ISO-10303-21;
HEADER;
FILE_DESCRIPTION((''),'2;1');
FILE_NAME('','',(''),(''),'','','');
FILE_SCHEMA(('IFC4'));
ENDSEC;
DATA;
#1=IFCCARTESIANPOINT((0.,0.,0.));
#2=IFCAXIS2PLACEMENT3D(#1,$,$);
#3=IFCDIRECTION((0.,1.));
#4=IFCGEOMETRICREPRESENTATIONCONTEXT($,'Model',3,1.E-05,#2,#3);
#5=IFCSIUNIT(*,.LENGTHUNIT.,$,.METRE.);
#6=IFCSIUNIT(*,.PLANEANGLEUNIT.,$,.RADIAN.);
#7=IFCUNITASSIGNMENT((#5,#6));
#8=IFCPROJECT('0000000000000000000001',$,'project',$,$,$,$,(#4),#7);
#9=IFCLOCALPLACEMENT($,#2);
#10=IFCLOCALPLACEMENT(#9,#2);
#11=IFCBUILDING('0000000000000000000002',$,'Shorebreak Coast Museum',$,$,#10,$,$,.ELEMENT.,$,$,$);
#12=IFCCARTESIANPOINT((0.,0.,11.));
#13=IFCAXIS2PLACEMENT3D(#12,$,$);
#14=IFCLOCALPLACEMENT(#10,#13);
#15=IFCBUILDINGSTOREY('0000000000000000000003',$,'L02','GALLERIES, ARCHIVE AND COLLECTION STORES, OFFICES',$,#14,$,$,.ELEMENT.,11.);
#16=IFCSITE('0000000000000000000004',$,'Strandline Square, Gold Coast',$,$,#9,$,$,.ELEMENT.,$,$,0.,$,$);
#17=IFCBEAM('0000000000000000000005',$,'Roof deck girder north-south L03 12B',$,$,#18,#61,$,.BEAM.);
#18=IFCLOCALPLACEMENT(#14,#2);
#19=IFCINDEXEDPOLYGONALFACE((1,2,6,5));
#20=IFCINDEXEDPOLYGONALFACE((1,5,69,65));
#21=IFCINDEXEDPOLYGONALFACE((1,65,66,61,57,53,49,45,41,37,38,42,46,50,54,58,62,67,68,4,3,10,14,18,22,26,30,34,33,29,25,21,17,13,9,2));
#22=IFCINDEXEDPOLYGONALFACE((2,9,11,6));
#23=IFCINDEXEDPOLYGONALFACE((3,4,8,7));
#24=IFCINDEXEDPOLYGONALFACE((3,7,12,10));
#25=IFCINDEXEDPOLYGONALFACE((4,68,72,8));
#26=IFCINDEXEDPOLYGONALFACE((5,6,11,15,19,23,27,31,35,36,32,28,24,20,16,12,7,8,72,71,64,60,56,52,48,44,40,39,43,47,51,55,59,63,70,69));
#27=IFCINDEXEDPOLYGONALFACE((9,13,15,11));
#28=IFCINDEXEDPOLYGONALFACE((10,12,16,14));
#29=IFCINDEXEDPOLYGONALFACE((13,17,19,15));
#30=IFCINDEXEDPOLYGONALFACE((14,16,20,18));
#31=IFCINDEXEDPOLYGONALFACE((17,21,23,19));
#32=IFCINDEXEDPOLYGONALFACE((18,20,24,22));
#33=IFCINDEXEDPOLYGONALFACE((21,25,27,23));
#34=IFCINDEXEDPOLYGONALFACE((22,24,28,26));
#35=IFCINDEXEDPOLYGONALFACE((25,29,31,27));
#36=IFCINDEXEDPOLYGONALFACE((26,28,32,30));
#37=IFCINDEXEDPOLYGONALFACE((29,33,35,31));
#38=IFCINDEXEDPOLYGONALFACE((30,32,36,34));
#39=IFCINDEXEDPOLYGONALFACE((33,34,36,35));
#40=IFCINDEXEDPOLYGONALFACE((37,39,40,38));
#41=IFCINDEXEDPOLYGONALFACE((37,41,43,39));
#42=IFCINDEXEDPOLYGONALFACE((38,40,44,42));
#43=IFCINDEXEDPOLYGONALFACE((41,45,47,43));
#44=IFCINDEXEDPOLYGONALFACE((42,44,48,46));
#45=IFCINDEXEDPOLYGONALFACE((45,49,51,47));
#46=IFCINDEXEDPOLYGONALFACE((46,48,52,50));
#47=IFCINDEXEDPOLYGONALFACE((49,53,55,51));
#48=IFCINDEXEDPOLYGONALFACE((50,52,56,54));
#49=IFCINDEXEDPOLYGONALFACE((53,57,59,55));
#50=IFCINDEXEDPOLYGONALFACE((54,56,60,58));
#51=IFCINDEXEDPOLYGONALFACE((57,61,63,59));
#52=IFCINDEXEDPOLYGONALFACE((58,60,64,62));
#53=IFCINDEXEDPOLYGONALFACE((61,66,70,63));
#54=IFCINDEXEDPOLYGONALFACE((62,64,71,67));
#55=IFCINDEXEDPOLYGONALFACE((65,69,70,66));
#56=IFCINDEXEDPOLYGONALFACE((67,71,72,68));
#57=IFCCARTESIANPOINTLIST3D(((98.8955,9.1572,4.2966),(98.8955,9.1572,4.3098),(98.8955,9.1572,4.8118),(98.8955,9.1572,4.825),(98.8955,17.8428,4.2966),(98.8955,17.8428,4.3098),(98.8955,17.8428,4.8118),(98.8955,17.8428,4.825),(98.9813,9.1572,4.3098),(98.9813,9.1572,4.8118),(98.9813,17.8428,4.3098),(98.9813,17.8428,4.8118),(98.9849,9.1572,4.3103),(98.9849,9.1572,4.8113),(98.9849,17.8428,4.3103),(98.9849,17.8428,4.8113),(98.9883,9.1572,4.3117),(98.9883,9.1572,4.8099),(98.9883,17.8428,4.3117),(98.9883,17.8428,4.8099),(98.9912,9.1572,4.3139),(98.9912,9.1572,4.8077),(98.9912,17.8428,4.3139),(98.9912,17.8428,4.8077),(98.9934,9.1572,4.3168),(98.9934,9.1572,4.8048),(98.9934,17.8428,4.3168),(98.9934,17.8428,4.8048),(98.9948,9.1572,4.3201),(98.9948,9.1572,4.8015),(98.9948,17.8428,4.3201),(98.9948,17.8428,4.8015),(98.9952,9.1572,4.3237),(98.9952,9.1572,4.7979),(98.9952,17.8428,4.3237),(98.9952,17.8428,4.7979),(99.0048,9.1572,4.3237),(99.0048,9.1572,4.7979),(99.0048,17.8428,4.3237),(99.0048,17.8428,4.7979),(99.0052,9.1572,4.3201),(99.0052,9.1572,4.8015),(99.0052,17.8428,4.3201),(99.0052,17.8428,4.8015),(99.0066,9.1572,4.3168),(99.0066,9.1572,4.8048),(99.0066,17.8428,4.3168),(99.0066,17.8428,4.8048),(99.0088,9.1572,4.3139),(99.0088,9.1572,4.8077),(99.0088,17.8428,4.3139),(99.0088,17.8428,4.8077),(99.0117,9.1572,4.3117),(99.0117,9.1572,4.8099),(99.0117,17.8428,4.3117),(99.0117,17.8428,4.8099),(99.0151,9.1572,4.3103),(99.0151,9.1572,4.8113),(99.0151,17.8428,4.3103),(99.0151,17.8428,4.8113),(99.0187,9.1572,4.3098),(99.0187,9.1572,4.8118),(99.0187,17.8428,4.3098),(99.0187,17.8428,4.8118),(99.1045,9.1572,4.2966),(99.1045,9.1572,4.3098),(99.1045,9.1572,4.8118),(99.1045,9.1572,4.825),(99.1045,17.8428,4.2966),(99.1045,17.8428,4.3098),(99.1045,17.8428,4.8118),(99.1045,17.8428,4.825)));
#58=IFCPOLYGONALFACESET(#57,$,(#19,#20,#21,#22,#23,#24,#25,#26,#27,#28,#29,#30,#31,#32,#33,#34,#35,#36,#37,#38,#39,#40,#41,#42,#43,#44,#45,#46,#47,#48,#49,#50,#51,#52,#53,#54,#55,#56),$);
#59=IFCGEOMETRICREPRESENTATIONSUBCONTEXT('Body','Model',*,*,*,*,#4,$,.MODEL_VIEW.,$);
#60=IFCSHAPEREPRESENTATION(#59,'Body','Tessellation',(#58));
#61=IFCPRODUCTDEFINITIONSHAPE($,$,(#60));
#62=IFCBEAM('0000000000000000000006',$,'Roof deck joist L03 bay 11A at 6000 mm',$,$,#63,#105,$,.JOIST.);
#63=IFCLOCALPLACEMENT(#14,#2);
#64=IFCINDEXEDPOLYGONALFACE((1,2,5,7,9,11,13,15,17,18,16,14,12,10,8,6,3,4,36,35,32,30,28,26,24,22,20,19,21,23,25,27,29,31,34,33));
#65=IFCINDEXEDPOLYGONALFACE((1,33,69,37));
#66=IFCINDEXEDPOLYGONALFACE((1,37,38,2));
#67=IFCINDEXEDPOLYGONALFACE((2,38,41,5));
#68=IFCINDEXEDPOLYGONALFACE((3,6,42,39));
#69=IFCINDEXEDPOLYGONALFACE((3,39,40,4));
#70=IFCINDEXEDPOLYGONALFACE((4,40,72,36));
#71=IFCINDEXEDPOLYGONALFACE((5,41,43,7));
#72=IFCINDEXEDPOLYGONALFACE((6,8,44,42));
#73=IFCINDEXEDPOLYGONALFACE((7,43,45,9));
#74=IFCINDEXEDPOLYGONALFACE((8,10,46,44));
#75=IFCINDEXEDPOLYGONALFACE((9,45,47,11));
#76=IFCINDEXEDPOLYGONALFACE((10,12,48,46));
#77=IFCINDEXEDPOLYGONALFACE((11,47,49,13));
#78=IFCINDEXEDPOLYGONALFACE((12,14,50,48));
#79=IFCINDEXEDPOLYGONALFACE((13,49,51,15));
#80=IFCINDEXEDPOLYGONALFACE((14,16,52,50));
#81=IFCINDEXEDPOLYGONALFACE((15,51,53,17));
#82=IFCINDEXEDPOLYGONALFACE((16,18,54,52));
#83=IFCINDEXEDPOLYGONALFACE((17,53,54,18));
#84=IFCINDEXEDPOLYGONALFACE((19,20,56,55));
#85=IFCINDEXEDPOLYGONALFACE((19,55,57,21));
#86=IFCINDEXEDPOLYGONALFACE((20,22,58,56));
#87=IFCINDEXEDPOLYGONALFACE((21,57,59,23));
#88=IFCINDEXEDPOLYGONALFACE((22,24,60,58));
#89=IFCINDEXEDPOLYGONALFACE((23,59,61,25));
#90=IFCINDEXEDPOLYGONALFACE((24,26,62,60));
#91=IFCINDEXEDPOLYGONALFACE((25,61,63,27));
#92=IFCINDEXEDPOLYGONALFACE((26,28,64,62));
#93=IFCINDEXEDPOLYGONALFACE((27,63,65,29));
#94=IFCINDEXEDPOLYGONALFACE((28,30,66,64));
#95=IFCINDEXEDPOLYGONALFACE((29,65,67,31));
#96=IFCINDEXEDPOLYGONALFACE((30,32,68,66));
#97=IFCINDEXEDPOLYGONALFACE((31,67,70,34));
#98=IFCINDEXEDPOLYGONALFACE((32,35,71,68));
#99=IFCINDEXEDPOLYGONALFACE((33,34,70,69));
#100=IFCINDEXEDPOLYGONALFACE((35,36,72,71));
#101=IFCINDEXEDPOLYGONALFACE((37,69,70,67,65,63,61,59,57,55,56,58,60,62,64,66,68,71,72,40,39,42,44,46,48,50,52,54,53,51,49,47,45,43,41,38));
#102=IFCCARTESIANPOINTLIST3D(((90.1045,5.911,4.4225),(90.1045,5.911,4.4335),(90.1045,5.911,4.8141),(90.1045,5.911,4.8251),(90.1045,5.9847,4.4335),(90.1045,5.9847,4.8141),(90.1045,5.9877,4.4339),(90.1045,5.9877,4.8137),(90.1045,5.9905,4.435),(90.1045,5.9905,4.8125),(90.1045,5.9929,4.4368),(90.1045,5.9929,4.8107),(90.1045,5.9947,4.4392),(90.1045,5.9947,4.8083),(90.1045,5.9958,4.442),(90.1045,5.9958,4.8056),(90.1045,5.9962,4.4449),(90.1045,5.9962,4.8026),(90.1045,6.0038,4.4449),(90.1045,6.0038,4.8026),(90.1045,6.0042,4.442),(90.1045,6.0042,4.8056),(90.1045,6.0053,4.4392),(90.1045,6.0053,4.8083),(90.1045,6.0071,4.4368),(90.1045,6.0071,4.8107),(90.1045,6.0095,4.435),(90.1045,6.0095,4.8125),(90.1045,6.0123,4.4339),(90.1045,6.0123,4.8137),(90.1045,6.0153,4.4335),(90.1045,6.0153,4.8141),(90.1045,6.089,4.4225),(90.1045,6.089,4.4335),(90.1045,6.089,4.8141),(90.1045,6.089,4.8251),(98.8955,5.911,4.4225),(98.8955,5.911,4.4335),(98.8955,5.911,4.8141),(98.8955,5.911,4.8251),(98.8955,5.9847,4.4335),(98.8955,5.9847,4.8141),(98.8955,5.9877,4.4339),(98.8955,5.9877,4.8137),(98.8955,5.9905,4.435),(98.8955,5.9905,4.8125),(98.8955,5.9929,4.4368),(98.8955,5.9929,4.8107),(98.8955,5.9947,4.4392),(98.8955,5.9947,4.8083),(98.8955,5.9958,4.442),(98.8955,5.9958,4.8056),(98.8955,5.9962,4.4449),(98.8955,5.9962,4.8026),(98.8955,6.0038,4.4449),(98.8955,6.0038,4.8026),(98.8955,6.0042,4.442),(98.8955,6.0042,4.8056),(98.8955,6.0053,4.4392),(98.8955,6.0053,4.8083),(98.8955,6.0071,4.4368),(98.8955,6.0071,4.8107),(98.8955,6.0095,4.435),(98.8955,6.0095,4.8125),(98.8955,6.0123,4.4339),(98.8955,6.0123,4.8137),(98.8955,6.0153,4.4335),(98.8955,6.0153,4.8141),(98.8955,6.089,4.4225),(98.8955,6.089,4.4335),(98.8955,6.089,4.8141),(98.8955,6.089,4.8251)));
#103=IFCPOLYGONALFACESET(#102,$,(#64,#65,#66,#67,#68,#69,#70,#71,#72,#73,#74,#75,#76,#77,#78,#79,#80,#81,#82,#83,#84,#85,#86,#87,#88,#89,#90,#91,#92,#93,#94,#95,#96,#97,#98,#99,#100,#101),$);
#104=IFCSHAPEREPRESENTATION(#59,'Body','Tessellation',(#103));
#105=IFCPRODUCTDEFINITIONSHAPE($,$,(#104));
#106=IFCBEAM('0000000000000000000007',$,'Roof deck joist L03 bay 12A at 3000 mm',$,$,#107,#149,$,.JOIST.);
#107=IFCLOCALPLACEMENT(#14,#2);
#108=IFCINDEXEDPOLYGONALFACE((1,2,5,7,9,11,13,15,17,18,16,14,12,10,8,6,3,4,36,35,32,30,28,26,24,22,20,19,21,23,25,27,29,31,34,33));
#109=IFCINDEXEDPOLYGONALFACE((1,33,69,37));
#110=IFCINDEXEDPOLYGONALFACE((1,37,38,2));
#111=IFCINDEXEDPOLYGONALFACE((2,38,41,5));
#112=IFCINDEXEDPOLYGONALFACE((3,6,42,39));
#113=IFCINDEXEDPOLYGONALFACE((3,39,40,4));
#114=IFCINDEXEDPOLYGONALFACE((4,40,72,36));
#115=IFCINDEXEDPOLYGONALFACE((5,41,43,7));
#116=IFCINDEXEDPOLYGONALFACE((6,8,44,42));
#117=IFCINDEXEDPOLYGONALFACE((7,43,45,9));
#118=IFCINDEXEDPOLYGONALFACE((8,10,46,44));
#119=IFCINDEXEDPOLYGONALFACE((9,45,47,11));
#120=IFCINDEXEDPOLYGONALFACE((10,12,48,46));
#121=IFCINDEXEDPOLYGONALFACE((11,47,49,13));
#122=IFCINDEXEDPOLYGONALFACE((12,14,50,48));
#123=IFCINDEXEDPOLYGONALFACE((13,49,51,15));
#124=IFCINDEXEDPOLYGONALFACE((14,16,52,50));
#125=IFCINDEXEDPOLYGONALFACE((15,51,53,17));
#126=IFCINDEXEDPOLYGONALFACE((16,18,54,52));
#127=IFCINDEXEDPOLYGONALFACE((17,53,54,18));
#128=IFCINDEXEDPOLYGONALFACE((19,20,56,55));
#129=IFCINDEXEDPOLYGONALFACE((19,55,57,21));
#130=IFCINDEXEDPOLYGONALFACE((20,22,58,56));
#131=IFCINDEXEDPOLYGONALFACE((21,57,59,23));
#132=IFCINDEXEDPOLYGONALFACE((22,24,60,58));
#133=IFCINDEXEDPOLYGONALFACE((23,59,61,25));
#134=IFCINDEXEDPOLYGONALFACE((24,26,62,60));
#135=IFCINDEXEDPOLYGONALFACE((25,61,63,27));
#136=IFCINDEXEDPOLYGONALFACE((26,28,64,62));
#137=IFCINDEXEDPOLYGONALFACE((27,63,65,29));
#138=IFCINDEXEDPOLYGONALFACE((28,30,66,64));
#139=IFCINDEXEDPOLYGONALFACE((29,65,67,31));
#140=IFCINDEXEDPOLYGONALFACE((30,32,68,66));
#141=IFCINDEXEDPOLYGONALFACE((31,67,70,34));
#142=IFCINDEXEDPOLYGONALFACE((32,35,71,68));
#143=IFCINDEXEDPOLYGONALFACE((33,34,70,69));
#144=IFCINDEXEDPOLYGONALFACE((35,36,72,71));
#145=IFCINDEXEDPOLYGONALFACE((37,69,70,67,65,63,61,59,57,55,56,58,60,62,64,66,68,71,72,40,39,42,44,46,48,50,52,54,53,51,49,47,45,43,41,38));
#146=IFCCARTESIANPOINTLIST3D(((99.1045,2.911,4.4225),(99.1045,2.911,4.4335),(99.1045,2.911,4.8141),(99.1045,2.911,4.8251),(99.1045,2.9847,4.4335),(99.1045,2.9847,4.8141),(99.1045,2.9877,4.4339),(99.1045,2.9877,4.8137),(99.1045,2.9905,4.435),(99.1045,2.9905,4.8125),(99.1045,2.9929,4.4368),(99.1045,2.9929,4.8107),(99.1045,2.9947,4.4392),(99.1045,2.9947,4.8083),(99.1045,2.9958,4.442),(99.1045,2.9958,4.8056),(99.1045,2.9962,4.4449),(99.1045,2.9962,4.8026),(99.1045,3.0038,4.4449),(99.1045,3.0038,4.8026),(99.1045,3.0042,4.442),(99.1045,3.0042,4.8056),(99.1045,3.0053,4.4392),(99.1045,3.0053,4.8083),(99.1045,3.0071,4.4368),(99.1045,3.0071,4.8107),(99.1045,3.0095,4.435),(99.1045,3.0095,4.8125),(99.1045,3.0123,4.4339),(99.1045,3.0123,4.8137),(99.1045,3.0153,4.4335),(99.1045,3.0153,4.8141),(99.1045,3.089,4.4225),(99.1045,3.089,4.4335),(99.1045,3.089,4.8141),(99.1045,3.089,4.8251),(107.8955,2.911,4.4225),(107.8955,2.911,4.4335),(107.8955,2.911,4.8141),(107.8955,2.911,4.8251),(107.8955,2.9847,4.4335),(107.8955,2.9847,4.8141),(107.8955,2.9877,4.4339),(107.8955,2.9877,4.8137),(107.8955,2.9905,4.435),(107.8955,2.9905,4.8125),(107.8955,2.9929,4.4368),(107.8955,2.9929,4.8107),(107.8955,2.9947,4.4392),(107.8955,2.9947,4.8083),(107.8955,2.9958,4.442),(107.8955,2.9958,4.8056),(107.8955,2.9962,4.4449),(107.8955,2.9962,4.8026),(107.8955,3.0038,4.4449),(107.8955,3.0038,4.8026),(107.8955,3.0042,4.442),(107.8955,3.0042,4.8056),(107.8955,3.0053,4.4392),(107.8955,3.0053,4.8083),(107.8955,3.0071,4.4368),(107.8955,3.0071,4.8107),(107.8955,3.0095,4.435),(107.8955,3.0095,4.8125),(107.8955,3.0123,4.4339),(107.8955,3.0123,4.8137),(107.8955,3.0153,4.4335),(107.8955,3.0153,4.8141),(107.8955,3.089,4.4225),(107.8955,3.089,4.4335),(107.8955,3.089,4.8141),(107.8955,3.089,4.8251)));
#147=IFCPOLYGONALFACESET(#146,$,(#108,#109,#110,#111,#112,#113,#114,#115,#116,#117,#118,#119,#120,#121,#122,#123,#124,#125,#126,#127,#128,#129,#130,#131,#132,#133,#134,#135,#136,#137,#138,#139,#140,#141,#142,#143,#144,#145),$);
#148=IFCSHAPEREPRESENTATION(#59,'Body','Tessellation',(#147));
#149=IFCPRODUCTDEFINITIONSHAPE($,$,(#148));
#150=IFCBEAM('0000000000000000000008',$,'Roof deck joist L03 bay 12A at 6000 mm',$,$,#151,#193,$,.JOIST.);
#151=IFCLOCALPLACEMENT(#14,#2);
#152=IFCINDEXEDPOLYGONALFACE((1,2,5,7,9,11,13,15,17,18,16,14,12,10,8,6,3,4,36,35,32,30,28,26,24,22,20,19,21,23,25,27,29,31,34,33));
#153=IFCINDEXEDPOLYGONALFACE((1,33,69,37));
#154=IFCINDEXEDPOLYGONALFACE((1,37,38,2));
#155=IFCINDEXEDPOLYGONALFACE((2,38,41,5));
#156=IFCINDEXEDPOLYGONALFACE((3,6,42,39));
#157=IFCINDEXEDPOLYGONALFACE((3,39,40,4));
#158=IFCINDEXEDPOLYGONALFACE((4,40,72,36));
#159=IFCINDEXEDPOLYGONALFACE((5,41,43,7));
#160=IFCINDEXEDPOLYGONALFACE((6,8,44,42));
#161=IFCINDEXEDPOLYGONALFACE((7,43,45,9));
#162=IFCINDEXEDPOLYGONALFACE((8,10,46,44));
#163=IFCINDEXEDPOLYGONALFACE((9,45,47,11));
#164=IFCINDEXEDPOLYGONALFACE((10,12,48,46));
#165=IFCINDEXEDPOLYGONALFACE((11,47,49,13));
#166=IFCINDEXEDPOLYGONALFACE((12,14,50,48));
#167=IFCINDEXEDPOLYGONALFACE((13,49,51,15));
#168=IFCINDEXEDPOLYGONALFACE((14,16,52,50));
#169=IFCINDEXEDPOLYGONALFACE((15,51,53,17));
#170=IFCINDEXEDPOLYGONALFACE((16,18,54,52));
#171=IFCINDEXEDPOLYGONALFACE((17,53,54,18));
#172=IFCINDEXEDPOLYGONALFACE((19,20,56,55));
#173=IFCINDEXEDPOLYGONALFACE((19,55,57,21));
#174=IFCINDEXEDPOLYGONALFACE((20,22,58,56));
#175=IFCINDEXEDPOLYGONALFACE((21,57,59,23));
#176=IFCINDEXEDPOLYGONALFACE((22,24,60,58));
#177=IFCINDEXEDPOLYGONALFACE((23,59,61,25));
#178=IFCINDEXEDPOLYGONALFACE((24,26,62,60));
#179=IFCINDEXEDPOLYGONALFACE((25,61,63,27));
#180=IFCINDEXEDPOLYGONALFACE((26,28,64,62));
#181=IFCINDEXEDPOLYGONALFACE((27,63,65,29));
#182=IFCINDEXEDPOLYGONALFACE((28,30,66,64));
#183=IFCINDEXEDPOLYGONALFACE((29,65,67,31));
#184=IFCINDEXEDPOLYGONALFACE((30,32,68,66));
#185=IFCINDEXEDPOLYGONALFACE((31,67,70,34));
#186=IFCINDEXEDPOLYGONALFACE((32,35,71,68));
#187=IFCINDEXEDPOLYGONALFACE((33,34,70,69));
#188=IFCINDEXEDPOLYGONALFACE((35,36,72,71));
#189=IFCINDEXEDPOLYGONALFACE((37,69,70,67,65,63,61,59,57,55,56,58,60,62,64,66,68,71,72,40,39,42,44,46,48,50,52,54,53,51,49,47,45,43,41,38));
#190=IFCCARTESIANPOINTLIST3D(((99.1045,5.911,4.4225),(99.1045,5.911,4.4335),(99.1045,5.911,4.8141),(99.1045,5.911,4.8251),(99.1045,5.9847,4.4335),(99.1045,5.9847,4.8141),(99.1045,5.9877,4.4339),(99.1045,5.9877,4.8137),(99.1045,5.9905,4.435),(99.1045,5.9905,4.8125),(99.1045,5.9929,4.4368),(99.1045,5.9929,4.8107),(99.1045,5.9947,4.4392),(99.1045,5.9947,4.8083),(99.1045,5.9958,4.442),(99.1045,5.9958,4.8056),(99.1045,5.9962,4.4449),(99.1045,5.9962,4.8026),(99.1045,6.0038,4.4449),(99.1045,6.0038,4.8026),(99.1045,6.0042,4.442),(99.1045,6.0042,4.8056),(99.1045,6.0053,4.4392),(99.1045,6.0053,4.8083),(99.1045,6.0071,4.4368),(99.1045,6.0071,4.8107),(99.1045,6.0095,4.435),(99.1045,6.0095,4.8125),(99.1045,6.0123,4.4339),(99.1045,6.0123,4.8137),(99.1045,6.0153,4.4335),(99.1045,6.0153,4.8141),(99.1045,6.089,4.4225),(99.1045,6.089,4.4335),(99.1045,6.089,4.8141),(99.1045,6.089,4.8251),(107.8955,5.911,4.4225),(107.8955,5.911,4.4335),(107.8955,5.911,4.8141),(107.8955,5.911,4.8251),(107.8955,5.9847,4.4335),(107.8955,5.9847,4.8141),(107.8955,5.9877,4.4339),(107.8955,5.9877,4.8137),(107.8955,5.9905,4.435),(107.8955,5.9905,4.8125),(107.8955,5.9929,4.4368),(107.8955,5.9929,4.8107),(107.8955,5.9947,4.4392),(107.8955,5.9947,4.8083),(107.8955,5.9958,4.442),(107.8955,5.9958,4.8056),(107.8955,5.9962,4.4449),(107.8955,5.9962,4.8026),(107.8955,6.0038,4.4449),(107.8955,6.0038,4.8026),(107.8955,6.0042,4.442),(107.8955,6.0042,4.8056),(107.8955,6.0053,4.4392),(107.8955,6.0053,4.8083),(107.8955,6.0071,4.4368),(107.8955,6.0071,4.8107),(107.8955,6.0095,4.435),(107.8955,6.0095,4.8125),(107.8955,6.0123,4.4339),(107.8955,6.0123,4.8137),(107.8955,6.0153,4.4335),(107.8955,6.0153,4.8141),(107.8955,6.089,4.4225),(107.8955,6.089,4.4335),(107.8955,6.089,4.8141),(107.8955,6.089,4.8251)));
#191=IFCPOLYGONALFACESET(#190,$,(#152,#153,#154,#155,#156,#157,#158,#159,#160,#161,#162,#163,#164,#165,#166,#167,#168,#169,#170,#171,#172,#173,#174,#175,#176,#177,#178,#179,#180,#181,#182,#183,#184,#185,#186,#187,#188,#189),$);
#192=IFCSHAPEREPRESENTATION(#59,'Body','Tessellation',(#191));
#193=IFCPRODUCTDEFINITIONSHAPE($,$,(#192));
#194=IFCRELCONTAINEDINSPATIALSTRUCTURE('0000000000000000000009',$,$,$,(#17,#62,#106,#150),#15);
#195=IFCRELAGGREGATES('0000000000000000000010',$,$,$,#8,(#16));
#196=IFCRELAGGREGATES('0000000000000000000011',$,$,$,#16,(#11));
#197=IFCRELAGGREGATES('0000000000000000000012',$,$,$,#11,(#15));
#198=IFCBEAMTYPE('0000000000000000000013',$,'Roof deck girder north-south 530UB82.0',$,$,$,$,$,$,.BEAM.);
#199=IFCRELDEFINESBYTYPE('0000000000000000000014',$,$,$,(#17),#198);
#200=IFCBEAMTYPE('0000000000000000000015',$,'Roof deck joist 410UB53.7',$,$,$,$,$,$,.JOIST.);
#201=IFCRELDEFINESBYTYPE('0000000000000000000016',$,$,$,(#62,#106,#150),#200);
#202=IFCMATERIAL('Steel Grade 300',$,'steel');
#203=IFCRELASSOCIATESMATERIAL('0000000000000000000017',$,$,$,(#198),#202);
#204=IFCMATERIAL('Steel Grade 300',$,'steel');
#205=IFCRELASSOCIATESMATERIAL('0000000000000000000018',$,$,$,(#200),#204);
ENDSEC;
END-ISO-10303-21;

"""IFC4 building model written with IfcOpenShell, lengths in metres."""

from ifc_helpers import new_model, si_unit, direction, frame, origin, origin_2d, place, context, subcontext, project, spatial, i_section, extrude, material, material_profile, profile_set, type_object, element, save


model = new_model("IFC4")

# Units and contexts
model_context = context("Model", 3, precision=1e-05, world=origin(), true_north=direction((0.0, 1.0)))
body_context = subcontext(model_context, "Body", "Model", "MODEL_VIEW")
ifc_project = project(units=[si_unit("LENGTHUNIT", "METRE"), si_unit("PLANEANGLEUNIT", "RADIAN")], contexts=[model_context])

# Site, building, storey
site_placement = place(None, origin())
site = spatial("IfcSite", under=ifc_project, at=site_placement, Name="Strandline Square, Gold Coast", CompositionType="ELEMENT", RefElevation=0.0)
building_placement = place(site_placement, origin())
building = spatial("IfcBuilding", under=site, at=building_placement, Name="Shorebreak Coast Museum", CompositionType="ELEMENT")
storey_placement = place(building_placement, frame((0.0, 0.0, 11.0)))
storey = spatial("IfcBuildingStorey", under=building, at=storey_placement, Name="L02", Description="GALLERIES, ARCHIVE AND COLLECTION STORES, OFFICES", CompositionType="ELEMENT", Elevation=11.0)

# Beams
ifc_material_1 = material(Name="Steel Grade 300", Category="steel")
ifc_material_profile_1 = material_profile(ifc_material_1, i_section(OverallWidth=0.209, OverallDepth=0.5283, WebThickness=0.0095, FlangeThickness=0.0132, FilletRadius=0.0139, at=origin_2d()), Name="530UB82.0")
ifc_profile_set_1 = profile_set([ifc_material_profile_1], Name="Steel Grade 300")
beam_type_1 = type_object("IfcBeamType", Name="Roof deck girder north-south 530UB82.0", PredefinedType="BEAM", material=ifc_profile_set_1)
beam_1_placement = place(storey_placement, frame((99.0, 9.1572, 4.5608), z_axis=(0.0, 1.0, 0.0), x_axis=(-1.0, 0.0, 0.0)))
element("IfcBeam", 1, at=beam_1_placement, inside=storey, type_object=beam_type_1, Name="Roof deck girder north-south L03 12B", PredefinedType="BEAM", context=body_context, shape_type="SweptSolid", body=[
    extrude(i_section(OverallWidth=0.209, OverallDepth=0.5283, WebThickness=0.0095, FlangeThickness=0.0132, FilletRadius=0.0139, at=origin_2d()), origin(), (0.0, 0.0, 1.0), 8.6855),
])
ifc_material_2 = material(Name="Steel Grade 300", Category="steel")
ifc_material_profile_2 = material_profile(ifc_material_2, i_section(OverallWidth=0.178, OverallDepth=0.4026, WebThickness=0.0076, FlangeThickness=0.011, FilletRadius=0.0115, at=origin_2d()), Name="410UB53.7")
ifc_profile_set_2 = profile_set([ifc_material_profile_2], Name="Steel Grade 300")
beam_type_2 = type_object("IfcBeamType", Name="Roof deck joist 410UB53.7", PredefinedType="JOIST", material=ifc_profile_set_2)
for number, where, z_axis, x_axis, name in (
    (2, (90.1045, 6.0, 4.6238), (1.0, 0.0, 0.0), (0.0, 1.0, 0.0), "Roof deck joist L03 bay 11A at 6000 mm"),
    (3, (99.1045, 3.0, 4.6238), (1.0, 0.0, 0.0), (0.0, 1.0, 0.0), "Roof deck joist L03 bay 12A at 3000 mm"),
    (4, (99.1045, 6.0, 4.6238), (1.0, 0.0, 0.0), (0.0, 1.0, 0.0), "Roof deck joist L03 bay 12A at 6000 mm"),
):
    element("IfcBeam", number, at=place(storey_placement, frame(where, z_axis=z_axis, x_axis=x_axis)), inside=storey, type_object=beam_type_2, Name=name, PredefinedType="JOIST", context=body_context, shape_type="SweptSolid", body=[
        extrude(i_section(OverallWidth=0.178, OverallDepth=0.4026, WebThickness=0.0076, FlangeThickness=0.011, FilletRadius=0.0115, at=origin_2d()), origin(), (0.0, 0.0, 1.0), 8.791),
    ])

save(model, "model.ifc")
